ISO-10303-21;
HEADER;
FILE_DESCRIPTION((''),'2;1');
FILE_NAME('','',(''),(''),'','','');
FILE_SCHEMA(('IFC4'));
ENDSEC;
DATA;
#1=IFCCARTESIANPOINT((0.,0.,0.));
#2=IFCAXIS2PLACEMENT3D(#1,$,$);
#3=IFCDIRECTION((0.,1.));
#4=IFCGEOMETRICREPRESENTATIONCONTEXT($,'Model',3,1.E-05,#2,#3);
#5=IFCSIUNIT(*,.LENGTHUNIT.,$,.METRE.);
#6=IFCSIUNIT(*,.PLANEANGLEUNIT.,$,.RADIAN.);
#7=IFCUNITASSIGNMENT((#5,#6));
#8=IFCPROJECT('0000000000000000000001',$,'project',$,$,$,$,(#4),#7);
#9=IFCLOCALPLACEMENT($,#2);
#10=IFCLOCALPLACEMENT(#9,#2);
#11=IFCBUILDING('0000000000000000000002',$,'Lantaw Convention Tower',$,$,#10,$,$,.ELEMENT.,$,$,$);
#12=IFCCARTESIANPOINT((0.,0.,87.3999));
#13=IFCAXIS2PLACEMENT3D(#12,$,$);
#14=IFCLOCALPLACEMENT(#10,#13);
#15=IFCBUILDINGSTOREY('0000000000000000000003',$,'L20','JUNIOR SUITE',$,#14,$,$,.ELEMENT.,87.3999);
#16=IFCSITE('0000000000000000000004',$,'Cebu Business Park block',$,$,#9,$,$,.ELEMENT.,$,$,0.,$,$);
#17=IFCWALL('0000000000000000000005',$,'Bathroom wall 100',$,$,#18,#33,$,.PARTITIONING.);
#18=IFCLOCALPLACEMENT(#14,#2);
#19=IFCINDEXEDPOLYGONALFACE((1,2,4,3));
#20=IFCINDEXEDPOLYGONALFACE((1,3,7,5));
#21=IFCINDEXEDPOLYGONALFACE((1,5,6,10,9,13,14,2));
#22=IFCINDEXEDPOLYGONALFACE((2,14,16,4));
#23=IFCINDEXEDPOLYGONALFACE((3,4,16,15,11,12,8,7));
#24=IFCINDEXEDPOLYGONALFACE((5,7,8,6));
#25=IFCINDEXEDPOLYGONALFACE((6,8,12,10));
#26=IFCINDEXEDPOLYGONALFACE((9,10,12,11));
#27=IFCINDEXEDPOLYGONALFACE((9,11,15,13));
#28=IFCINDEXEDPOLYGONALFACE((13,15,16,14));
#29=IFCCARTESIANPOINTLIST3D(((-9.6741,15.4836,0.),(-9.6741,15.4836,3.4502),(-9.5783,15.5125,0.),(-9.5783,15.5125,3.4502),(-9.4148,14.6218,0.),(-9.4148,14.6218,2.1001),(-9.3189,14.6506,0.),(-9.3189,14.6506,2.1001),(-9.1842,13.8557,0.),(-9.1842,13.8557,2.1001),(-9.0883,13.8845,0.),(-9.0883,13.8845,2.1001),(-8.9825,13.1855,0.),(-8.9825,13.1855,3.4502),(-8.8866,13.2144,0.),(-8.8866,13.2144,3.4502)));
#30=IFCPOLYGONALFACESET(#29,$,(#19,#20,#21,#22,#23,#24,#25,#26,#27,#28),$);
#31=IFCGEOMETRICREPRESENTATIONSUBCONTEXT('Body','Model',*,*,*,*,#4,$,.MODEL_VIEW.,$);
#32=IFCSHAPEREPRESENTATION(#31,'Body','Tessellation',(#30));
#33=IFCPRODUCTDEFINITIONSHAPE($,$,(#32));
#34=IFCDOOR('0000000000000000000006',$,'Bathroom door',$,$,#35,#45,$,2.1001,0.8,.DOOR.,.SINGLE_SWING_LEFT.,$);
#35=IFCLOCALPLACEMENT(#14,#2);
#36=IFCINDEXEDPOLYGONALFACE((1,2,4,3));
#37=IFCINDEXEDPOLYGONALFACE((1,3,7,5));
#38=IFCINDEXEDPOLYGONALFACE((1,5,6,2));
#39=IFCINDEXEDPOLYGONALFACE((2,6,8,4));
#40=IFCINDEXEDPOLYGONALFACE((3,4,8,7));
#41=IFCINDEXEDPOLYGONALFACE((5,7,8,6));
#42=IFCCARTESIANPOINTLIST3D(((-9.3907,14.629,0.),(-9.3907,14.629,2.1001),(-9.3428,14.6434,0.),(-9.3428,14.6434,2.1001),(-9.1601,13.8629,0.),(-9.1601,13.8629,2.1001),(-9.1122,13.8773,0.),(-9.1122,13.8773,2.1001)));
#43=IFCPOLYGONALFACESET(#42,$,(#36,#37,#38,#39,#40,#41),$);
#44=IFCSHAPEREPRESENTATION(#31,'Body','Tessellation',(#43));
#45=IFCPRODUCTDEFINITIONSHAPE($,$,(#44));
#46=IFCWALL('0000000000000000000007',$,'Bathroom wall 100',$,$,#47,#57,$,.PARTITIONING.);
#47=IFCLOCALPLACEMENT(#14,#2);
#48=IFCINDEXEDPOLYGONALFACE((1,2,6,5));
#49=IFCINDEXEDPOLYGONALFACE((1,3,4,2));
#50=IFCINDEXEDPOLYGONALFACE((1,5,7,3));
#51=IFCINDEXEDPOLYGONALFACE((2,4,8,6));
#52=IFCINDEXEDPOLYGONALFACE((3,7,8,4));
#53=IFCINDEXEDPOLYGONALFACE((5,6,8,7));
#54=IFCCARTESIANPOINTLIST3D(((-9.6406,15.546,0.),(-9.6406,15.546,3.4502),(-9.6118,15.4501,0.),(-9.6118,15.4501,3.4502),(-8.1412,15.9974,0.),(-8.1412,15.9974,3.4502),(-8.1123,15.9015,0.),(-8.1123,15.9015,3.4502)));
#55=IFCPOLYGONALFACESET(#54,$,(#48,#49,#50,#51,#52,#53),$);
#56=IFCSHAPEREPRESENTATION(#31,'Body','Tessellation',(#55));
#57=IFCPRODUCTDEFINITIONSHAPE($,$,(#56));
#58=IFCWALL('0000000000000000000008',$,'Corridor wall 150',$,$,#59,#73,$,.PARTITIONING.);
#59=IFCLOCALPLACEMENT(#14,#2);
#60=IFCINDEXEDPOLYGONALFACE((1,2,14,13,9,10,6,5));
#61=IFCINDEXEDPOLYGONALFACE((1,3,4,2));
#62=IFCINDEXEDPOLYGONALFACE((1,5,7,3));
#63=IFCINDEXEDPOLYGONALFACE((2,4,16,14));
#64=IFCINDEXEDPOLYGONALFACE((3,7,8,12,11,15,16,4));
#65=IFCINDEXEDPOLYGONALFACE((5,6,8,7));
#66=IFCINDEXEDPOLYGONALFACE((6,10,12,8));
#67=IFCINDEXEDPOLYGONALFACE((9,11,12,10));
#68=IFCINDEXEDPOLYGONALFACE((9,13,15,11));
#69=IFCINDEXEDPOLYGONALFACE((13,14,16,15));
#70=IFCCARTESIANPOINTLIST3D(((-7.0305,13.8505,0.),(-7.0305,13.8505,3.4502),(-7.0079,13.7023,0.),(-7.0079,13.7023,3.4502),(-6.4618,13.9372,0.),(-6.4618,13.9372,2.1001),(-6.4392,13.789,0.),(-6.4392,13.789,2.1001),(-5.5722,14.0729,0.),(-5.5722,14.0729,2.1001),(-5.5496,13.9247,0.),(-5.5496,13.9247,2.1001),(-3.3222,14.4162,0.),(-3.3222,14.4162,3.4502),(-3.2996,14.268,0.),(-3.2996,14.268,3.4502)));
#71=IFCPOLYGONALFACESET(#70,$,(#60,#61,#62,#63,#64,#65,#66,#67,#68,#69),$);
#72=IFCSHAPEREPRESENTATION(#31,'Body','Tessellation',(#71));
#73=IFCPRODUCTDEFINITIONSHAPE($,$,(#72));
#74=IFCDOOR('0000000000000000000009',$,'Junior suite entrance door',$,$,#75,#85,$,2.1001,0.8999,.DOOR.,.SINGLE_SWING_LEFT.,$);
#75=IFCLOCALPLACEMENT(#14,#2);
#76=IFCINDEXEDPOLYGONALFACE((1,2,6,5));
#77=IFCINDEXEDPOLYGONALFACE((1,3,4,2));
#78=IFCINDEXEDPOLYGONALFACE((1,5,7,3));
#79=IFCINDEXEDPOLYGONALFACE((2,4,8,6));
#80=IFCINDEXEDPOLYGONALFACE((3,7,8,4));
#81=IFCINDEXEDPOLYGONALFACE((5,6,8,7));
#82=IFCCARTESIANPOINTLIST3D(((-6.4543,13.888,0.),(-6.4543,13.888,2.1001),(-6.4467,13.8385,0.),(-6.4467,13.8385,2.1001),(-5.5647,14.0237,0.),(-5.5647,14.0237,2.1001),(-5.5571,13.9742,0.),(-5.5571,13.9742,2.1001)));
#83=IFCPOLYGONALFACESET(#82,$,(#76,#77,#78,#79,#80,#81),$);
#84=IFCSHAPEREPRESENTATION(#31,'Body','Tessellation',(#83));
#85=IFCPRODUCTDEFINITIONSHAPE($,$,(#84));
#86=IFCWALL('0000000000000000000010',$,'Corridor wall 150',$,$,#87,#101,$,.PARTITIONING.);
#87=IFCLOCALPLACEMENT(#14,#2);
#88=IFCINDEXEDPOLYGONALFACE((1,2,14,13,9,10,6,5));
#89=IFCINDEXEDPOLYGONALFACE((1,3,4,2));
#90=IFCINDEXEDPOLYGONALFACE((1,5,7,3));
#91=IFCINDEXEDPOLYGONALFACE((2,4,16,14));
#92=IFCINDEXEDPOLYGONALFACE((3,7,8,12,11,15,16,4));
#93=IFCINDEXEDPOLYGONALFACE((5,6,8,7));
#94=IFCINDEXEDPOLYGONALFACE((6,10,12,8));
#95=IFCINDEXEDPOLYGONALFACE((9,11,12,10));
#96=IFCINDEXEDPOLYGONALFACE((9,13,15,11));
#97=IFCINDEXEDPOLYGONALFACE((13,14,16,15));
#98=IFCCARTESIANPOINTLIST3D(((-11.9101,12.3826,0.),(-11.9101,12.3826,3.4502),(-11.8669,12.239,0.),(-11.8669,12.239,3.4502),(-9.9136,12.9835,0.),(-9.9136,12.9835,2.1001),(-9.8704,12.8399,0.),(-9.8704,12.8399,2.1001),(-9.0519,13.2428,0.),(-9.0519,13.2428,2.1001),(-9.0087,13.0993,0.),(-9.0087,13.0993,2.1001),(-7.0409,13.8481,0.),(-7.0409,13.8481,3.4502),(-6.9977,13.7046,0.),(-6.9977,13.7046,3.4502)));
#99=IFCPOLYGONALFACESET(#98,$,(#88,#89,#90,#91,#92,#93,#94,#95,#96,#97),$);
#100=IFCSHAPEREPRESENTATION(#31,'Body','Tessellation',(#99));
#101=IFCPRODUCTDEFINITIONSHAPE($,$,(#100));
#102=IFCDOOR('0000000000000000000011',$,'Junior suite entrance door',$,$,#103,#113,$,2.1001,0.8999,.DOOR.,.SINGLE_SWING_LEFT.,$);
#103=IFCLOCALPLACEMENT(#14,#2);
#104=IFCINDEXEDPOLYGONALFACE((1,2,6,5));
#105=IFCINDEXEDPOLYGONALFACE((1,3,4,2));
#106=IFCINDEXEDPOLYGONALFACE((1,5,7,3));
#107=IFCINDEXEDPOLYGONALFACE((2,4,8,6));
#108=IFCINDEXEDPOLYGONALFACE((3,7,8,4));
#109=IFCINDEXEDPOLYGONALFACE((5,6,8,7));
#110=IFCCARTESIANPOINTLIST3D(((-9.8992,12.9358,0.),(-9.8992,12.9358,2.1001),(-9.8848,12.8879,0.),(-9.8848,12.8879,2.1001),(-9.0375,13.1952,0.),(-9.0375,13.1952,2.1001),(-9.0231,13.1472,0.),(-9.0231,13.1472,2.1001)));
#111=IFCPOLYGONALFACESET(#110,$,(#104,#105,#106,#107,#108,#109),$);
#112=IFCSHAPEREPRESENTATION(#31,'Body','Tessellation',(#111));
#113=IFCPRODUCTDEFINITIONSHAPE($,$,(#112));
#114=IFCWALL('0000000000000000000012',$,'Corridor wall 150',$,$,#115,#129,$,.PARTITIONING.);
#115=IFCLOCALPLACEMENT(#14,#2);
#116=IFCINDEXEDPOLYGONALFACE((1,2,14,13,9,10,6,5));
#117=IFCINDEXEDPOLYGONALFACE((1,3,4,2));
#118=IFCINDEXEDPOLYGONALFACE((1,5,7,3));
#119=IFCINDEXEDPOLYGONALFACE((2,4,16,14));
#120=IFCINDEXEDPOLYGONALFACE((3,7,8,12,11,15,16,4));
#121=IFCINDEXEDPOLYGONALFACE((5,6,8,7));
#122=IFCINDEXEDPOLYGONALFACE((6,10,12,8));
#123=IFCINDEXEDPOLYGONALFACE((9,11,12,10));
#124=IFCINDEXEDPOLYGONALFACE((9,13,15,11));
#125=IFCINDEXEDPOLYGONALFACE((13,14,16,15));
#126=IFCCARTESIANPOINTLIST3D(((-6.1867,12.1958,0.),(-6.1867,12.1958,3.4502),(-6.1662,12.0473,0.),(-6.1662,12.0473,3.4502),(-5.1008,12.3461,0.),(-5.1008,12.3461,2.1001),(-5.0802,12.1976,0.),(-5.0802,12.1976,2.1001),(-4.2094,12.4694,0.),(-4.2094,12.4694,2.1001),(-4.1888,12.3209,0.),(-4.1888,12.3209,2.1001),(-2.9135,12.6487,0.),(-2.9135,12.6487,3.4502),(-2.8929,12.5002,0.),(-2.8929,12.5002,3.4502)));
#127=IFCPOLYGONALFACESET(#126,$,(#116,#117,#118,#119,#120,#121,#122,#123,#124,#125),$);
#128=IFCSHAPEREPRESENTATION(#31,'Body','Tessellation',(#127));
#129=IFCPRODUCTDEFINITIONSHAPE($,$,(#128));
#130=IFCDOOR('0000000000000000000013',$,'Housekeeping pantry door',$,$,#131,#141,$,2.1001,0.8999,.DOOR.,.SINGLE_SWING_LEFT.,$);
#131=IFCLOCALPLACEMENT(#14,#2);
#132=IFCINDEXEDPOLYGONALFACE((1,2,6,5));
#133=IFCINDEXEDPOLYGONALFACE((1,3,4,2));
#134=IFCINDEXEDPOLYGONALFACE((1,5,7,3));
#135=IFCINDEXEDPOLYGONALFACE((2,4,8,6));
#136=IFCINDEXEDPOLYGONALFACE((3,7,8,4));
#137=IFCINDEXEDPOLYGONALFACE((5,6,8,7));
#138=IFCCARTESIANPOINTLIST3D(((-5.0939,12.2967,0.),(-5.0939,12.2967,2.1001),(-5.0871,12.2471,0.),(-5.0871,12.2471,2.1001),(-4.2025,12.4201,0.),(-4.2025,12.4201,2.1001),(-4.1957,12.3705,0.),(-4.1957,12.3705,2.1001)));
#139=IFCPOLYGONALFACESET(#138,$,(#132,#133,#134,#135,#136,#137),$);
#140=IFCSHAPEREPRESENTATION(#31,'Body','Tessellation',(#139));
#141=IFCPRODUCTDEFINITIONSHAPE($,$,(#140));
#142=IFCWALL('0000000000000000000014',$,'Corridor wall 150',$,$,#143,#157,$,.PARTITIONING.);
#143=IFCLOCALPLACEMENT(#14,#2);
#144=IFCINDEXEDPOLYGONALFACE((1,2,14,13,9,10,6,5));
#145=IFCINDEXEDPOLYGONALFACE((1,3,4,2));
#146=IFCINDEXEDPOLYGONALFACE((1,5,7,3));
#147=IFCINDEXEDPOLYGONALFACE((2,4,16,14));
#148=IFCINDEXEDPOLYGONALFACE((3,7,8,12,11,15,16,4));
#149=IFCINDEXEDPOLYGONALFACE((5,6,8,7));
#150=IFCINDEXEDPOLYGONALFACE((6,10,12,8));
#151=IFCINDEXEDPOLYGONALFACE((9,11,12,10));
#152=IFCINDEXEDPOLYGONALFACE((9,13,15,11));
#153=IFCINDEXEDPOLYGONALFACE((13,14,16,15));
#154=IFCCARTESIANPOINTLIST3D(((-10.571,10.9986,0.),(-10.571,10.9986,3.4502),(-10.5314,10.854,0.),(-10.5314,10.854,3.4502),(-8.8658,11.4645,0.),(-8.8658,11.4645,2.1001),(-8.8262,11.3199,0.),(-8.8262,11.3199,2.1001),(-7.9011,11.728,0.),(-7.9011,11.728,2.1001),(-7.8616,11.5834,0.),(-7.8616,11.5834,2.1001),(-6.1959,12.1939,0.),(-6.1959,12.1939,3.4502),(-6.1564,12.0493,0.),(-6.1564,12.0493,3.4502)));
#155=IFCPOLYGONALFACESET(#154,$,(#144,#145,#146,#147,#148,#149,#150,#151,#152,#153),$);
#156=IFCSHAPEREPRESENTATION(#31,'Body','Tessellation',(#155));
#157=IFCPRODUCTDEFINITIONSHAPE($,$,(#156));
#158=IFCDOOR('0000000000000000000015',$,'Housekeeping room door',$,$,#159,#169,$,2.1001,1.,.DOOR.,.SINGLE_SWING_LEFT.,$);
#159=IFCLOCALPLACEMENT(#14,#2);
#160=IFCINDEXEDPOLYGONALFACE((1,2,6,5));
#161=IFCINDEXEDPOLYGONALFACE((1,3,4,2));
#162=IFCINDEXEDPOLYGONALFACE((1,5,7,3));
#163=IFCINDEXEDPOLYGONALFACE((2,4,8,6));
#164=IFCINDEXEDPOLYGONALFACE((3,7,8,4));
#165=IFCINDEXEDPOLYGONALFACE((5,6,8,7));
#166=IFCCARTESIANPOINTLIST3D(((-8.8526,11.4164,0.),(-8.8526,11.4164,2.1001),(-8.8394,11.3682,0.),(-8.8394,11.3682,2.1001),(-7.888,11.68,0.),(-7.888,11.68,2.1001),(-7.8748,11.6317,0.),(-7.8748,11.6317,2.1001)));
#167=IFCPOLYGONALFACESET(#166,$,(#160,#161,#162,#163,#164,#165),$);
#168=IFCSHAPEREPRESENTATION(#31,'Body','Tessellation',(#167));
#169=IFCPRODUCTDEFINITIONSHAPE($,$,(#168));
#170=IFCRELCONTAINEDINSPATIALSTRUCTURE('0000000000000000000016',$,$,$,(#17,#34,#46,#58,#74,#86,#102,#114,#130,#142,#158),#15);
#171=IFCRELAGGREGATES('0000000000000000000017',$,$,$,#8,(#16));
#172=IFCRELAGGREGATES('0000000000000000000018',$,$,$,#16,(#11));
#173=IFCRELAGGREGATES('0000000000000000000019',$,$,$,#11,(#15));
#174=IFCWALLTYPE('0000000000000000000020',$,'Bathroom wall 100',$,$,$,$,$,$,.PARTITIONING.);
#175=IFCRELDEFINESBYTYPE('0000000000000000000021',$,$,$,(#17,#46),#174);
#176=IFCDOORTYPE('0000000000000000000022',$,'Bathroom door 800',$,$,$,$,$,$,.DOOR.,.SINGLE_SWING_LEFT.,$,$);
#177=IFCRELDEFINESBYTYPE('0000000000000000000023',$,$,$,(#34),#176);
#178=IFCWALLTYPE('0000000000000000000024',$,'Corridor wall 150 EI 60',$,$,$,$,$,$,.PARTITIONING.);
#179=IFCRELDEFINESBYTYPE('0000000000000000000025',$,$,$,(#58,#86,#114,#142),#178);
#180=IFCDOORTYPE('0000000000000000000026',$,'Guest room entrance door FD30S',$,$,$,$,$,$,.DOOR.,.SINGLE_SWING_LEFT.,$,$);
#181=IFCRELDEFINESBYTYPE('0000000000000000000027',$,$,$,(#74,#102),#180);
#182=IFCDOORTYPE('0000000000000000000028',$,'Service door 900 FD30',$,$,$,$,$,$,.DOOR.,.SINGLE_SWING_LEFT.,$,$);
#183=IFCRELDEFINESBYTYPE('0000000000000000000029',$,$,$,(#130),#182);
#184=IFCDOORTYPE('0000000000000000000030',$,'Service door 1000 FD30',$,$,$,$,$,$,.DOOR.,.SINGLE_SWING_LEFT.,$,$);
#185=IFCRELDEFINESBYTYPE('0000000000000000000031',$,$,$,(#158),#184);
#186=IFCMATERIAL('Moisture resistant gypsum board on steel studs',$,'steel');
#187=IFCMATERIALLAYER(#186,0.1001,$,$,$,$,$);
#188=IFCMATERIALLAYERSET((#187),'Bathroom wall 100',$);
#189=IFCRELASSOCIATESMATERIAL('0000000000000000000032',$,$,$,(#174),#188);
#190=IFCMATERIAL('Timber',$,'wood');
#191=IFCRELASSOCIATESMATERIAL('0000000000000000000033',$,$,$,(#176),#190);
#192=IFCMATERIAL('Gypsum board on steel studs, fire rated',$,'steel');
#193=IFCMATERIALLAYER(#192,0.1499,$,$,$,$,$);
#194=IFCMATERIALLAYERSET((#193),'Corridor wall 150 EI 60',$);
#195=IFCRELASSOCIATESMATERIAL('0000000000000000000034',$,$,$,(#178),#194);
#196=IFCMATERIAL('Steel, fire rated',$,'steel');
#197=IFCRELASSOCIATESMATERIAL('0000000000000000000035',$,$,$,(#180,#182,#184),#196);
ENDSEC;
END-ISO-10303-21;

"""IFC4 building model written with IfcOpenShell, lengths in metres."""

from ifc_helpers import new_model, si_unit, direction, frame, frame_2d, origin, place, context, subcontext, project, spatial, rectangle, extrude, material, layer, layer_set, type_object, element, fill, save


model = new_model("IFC4")

# Units and contexts
model_context = context("Model", 3, precision=1e-05, world=origin(), true_north=direction((0.0, 1.0)))
body_context = subcontext(model_context, "Body", "Model", "MODEL_VIEW")
ifc_project = project(units=[si_unit("LENGTHUNIT", "METRE"), si_unit("PLANEANGLEUNIT", "RADIAN")], contexts=[model_context])

# Site, building, storey
site_placement = place(None, origin())
site = spatial("IfcSite", under=ifc_project, at=site_placement, Name="Cebu Business Park block", CompositionType="ELEMENT", RefElevation=0.0)
building_placement = place(site_placement, origin())
building = spatial("IfcBuilding", under=site, at=building_placement, Name="Lantaw Convention Tower", CompositionType="ELEMENT")
storey_placement = place(building_placement, frame((0.0, 0.0, 87.3999)))
storey = spatial("IfcBuildingStorey", under=building, at=storey_placement, Name="L20", Description="JUNIOR SUITE", CompositionType="ELEMENT", Elevation=87.3999)

# Wall, opening, door
ifc_material_1 = material(Name="Moisture resistant gypsum board on steel studs", Category="steel")
ifc_layer_1 = layer(ifc_material_1, 0.1001)
ifc_layer_set_1 = layer_set([ifc_layer_1], Name="Bathroom wall 100")
wall_type_1 = type_object("IfcWallType", Name="Bathroom wall 100", PredefinedType="PARTITIONING", material=ifc_layer_set_1)
ifc_material_2 = material(Name="Timber", Category="wood")
door_type_1 = type_object("IfcDoorType", Name="Bathroom door 800", OperationType="SINGLE_SWING_LEFT", PredefinedType="DOOR", material=ifc_material_2)
wall_1_placement = place(storey_placement, frame((-8.9346, 13.2, 0.0), z_axis=(0.0, 0.0, 1.0), x_axis=(-0.288197, 0.957571, 0.0)))
wall_1 = element("IfcWall", 1, at=wall_1_placement, inside=storey, type_object=wall_type_1, Name="Bathroom wall 100", PredefinedType="PARTITIONING", context=body_context, shape_type="SweptSolid", body=[
    extrude(rectangle(XDim=2.3999, YDim=0.1001, at=frame_2d((1.2, 0.0))), origin(), (0.0, 0.0, 1.0), 3.4502),
])
opening_1_placement = place(wall_1_placement, frame((0.7, 0.0, 0.0)))
opening_1 = element("IfcOpeningElement", 2, at=opening_1_placement, cuts=wall_1, PredefinedType="OPENING", context=body_context, shape_type="SweptSolid", body=[
    extrude(rectangle(XDim=0.8, YDim=2.1001, at=frame_2d((0.3999, 1.05))), frame((0.0, 0.0601, 0.0), z_axis=(0.0, -1.0, 0.0), x_axis=(1.0, 0.0, 0.0)), (0.0, 0.0, 1.0), 0.1201),
])
door_1_placement = place(opening_1_placement, origin())
door_1 = element("IfcDoor", 3, at=door_1_placement, inside=storey, type_object=door_type_1, Name="Bathroom door", OperationType="SINGLE_SWING_LEFT", OverallHeight=2.1001, OverallWidth=0.8, PredefinedType="DOOR", context=body_context, shape_type="SweptSolid", body=[
    extrude(rectangle(XDim=0.8, YDim=2.1001, at=frame_2d((0.3999, 1.05))), frame((0.0, 0.0249, 0.0), z_axis=(0.0, -1.0, 0.0), x_axis=(1.0, 0.0, 0.0)), (0.0, 0.0, 1.0), 0.05),
])
fill(opening_1, door_1)

# Wall
wall_2_placement = place(storey_placement, frame((-9.6262, 15.498, 0.0), z_axis=(0.0, 0.0, 1.0), x_axis=(0.957551, 0.288263, 0.0)))
element("IfcWall", 4, at=wall_2_placement, inside=storey, type_object=wall_type_1, Name="Bathroom wall 100", PredefinedType="PARTITIONING", context=body_context, shape_type="SweptSolid", body=[
    extrude(rectangle(XDim=1.5659, YDim=0.1001, at=frame_2d((0.783, 0.0))), origin(), (0.0, 0.0, 1.0), 3.4502),
])

# Walls, openings, doors
ifc_material_3 = material(Name="Gypsum board on steel studs, fire rated", Category="steel")
ifc_layer_2 = layer(ifc_material_3, 0.1499)
ifc_layer_set_2 = layer_set([ifc_layer_2], Name="Corridor wall 150 EI 60")
wall_type_2 = type_object("IfcWallType", Name="Corridor wall 150 EI 60", PredefinedType="PARTITIONING", material=ifc_layer_set_2)
wall_3_placement = place(storey_placement, frame((-3.311, 14.342, 0.0), z_axis=(0.0, 0.0, 1.0), x_axis=(-0.988564, -0.1508, 0.0)))
wall_3 = element("IfcWall", 5, at=wall_3_placement, inside=storey, type_object=wall_type_2, Name="Corridor wall 150", PredefinedType="PARTITIONING", context=body_context, shape_type="SweptSolid", body=[
    extrude(rectangle(XDim=3.7512, YDim=0.1499, at=frame_2d((1.8755, 0.0))), origin(), (0.0, 0.0, 1.0), 3.4502),
])
opening_2_placement = place(wall_3_placement, frame((2.2759, 0.0, 0.0)))
opening_2 = element("IfcOpeningElement", 6, at=opening_2_placement, cuts=wall_3, PredefinedType="OPENING", context=body_context, shape_type="SweptSolid", body=[
    extrude(rectangle(XDim=0.8999, YDim=2.1001, at=frame_2d((0.45, 1.05))), frame((0.0, 0.085, 0.0), z_axis=(0.0, -1.0, 0.0), x_axis=(1.0, 0.0, 0.0)), (0.0, 0.0, 1.0), 0.1699),
])
ifc_material_4 = material(Name="Steel, fire rated", Category="steel")
door_type_2 = type_object("IfcDoorType", Name="Guest room entrance door FD30S", OperationType="SINGLE_SWING_LEFT", PredefinedType="DOOR", material=ifc_material_4)
door_2_placement = place(opening_2_placement, origin())
door_2 = element("IfcDoor", 7, at=door_2_placement, inside=storey, type_object=door_type_2, Name="Junior suite entrance door", OperationType="SINGLE_SWING_LEFT", OverallHeight=2.1001, OverallWidth=0.8999, PredefinedType="DOOR", context=body_context, shape_type="SweptSolid", body=[
    extrude(rectangle(XDim=0.8999, YDim=2.1001, at=frame_2d((0.45, 1.05))), frame((0.0, 0.0249, 0.0), z_axis=(0.0, -1.0, 0.0), x_axis=(1.0, 0.0, 0.0)), (0.0, 0.0, 1.0), 0.05),
])
fill(opening_2, door_2)
wall_4_placement = place(storey_placement, frame((-7.0193, 13.7764, 0.0), z_axis=(0.0, 0.0, 1.0), x_axis=(-0.957564, -0.28822, 0.0)))
wall_4 = element("IfcWall", 8, at=wall_4_placement, inside=storey, type_object=wall_type_2, Name="Corridor wall 150", PredefinedType="PARTITIONING", context=body_context, shape_type="SweptSolid", body=[
    extrude(rectangle(XDim=5.085, YDim=0.1499, at=frame_2d((2.5425, 0.0))), origin(), (0.0, 0.0, 1.0), 3.4502),
])
opening_3_placement = place(wall_4_placement, frame((2.1001, 0.0, 0.0)))
opening_3 = element("IfcOpeningElement", 9, at=opening_3_placement, cuts=wall_4, PredefinedType="OPENING", context=body_context, shape_type="SweptSolid", body=[
    extrude(rectangle(XDim=0.8999, YDim=2.1001, at=frame_2d((0.45, 1.05))), frame((0.0, 0.085, 0.0), z_axis=(0.0, -1.0, 0.0), x_axis=(1.0, 0.0, 0.0)), (0.0, 0.0, 1.0), 0.1699),
])
door_3_placement = place(opening_3_placement, origin())
door_3 = element("IfcDoor", 10, at=door_3_placement, inside=storey, type_object=door_type_2, Name="Junior suite entrance door", OperationType="SINGLE_SWING_LEFT", OverallHeight=2.1001, OverallWidth=0.8999, PredefinedType="DOOR", context=body_context, shape_type="SweptSolid", body=[
    extrude(rectangle(XDim=0.8999, YDim=2.1001, at=frame_2d((0.45, 1.05))), frame((0.0, 0.0249, 0.0), z_axis=(0.0, -1.0, 0.0), x_axis=(1.0, 0.0, 0.0)), (0.0, 0.0, 1.0), 0.05),
])
fill(opening_3, door_3)
wall_5_placement = place(storey_placement, frame((-2.9031, 12.5745, 0.0), z_axis=(0.0, 0.0, 1.0), x_axis=(-0.990563, -0.137055, 0.0)))
wall_5 = element("IfcWall", 11, at=wall_5_placement, inside=storey, type_object=wall_type_2, Name="Corridor wall 150", PredefinedType="PARTITIONING", context=body_context, shape_type="SweptSolid", body=[
    extrude(rectangle(XDim=3.3044, YDim=0.1499, at=frame_2d((1.6523, 0.0))), origin(), (0.0, 0.0, 1.0), 3.4502),
])
opening_4_placement = place(wall_5_placement, frame((1.3083, 0.0, 0.0)))
opening_4 = element("IfcOpeningElement", 12, at=opening_4_placement, cuts=wall_5, PredefinedType="OPENING", context=body_context, shape_type="SweptSolid", body=[
    extrude(rectangle(XDim=0.8999, YDim=2.1001, at=frame_2d((0.45, 1.05))), frame((0.0, 0.085, 0.0), z_axis=(0.0, -1.0, 0.0), x_axis=(1.0, 0.0, 0.0)), (0.0, 0.0, 1.0), 0.1699),
])
door_type_3 = type_object("IfcDoorType", Name="Service door 900 FD30", OperationType="SINGLE_SWING_LEFT", PredefinedType="DOOR", material=ifc_material_4)
door_4_placement = place(opening_4_placement, origin())
door_4 = element("IfcDoor", 13, at=door_4_placement, inside=storey, type_object=door_type_3, Name="Housekeeping pantry door", OperationType="SINGLE_SWING_LEFT", OverallHeight=2.1001, OverallWidth=0.8999, PredefinedType="DOOR", context=body_context, shape_type="SweptSolid", body=[
    extrude(rectangle(XDim=0.8999, YDim=2.1001, at=frame_2d((0.45, 1.05))), frame((0.0, 0.0249, 0.0), z_axis=(0.0, -1.0, 0.0), x_axis=(1.0, 0.0, 0.0)), (0.0, 0.0, 1.0), 0.05),
])
fill(opening_4, door_4)
wall_6_placement = place(storey_placement, frame((-6.1763, 12.1216, 0.0), z_axis=(0.0, 0.0, 1.0), x_axis=(-0.964644, -0.263555, 0.0)))
wall_6 = element("IfcWall", 14, at=wall_6_placement, inside=storey, type_object=wall_type_2, Name="Corridor wall 150", PredefinedType="PARTITIONING", context=body_context, shape_type="SweptSolid", body=[
    extrude(rectangle(XDim=4.5354, YDim=0.1499, at=frame_2d((2.2676, 0.0))), origin(), (0.0, 0.0, 1.0), 3.4502),
])
opening_5_placement = place(wall_6_placement, frame((1.7676, 0.0, 0.0)))
opening_5 = element("IfcOpeningElement", 15, at=opening_5_placement, cuts=wall_6, PredefinedType="OPENING", context=body_context, shape_type="SweptSolid", body=[
    extrude(rectangle(XDim=1.0, YDim=2.1001, at=frame_2d((0.5, 1.05))), frame((0.0, 0.085, 0.0), z_axis=(0.0, -1.0, 0.0), x_axis=(1.0, 0.0, 0.0)), (0.0, 0.0, 1.0), 0.1699),
])
door_type_4 = type_object("IfcDoorType", Name="Service door 1000 FD30", OperationType="SINGLE_SWING_LEFT", PredefinedType="DOOR", material=ifc_material_4)
door_5_placement = place(opening_5_placement, origin())
door_5 = element("IfcDoor", 16, at=door_5_placement, inside=storey, type_object=door_type_4, Name="Housekeeping room door", OperationType="SINGLE_SWING_LEFT", OverallHeight=2.1001, OverallWidth=1.0, PredefinedType="DOOR", context=body_context, shape_type="SweptSolid", body=[
    extrude(rectangle(XDim=1.0, YDim=2.1001, at=frame_2d((0.5, 1.05))), frame((0.0, 0.0249, 0.0), z_axis=(0.0, -1.0, 0.0), x_axis=(1.0, 0.0, 0.0)), (0.0, 0.0, 1.0), 0.05),
])
fill(opening_5, door_5)

save(model, "model.ifc")
